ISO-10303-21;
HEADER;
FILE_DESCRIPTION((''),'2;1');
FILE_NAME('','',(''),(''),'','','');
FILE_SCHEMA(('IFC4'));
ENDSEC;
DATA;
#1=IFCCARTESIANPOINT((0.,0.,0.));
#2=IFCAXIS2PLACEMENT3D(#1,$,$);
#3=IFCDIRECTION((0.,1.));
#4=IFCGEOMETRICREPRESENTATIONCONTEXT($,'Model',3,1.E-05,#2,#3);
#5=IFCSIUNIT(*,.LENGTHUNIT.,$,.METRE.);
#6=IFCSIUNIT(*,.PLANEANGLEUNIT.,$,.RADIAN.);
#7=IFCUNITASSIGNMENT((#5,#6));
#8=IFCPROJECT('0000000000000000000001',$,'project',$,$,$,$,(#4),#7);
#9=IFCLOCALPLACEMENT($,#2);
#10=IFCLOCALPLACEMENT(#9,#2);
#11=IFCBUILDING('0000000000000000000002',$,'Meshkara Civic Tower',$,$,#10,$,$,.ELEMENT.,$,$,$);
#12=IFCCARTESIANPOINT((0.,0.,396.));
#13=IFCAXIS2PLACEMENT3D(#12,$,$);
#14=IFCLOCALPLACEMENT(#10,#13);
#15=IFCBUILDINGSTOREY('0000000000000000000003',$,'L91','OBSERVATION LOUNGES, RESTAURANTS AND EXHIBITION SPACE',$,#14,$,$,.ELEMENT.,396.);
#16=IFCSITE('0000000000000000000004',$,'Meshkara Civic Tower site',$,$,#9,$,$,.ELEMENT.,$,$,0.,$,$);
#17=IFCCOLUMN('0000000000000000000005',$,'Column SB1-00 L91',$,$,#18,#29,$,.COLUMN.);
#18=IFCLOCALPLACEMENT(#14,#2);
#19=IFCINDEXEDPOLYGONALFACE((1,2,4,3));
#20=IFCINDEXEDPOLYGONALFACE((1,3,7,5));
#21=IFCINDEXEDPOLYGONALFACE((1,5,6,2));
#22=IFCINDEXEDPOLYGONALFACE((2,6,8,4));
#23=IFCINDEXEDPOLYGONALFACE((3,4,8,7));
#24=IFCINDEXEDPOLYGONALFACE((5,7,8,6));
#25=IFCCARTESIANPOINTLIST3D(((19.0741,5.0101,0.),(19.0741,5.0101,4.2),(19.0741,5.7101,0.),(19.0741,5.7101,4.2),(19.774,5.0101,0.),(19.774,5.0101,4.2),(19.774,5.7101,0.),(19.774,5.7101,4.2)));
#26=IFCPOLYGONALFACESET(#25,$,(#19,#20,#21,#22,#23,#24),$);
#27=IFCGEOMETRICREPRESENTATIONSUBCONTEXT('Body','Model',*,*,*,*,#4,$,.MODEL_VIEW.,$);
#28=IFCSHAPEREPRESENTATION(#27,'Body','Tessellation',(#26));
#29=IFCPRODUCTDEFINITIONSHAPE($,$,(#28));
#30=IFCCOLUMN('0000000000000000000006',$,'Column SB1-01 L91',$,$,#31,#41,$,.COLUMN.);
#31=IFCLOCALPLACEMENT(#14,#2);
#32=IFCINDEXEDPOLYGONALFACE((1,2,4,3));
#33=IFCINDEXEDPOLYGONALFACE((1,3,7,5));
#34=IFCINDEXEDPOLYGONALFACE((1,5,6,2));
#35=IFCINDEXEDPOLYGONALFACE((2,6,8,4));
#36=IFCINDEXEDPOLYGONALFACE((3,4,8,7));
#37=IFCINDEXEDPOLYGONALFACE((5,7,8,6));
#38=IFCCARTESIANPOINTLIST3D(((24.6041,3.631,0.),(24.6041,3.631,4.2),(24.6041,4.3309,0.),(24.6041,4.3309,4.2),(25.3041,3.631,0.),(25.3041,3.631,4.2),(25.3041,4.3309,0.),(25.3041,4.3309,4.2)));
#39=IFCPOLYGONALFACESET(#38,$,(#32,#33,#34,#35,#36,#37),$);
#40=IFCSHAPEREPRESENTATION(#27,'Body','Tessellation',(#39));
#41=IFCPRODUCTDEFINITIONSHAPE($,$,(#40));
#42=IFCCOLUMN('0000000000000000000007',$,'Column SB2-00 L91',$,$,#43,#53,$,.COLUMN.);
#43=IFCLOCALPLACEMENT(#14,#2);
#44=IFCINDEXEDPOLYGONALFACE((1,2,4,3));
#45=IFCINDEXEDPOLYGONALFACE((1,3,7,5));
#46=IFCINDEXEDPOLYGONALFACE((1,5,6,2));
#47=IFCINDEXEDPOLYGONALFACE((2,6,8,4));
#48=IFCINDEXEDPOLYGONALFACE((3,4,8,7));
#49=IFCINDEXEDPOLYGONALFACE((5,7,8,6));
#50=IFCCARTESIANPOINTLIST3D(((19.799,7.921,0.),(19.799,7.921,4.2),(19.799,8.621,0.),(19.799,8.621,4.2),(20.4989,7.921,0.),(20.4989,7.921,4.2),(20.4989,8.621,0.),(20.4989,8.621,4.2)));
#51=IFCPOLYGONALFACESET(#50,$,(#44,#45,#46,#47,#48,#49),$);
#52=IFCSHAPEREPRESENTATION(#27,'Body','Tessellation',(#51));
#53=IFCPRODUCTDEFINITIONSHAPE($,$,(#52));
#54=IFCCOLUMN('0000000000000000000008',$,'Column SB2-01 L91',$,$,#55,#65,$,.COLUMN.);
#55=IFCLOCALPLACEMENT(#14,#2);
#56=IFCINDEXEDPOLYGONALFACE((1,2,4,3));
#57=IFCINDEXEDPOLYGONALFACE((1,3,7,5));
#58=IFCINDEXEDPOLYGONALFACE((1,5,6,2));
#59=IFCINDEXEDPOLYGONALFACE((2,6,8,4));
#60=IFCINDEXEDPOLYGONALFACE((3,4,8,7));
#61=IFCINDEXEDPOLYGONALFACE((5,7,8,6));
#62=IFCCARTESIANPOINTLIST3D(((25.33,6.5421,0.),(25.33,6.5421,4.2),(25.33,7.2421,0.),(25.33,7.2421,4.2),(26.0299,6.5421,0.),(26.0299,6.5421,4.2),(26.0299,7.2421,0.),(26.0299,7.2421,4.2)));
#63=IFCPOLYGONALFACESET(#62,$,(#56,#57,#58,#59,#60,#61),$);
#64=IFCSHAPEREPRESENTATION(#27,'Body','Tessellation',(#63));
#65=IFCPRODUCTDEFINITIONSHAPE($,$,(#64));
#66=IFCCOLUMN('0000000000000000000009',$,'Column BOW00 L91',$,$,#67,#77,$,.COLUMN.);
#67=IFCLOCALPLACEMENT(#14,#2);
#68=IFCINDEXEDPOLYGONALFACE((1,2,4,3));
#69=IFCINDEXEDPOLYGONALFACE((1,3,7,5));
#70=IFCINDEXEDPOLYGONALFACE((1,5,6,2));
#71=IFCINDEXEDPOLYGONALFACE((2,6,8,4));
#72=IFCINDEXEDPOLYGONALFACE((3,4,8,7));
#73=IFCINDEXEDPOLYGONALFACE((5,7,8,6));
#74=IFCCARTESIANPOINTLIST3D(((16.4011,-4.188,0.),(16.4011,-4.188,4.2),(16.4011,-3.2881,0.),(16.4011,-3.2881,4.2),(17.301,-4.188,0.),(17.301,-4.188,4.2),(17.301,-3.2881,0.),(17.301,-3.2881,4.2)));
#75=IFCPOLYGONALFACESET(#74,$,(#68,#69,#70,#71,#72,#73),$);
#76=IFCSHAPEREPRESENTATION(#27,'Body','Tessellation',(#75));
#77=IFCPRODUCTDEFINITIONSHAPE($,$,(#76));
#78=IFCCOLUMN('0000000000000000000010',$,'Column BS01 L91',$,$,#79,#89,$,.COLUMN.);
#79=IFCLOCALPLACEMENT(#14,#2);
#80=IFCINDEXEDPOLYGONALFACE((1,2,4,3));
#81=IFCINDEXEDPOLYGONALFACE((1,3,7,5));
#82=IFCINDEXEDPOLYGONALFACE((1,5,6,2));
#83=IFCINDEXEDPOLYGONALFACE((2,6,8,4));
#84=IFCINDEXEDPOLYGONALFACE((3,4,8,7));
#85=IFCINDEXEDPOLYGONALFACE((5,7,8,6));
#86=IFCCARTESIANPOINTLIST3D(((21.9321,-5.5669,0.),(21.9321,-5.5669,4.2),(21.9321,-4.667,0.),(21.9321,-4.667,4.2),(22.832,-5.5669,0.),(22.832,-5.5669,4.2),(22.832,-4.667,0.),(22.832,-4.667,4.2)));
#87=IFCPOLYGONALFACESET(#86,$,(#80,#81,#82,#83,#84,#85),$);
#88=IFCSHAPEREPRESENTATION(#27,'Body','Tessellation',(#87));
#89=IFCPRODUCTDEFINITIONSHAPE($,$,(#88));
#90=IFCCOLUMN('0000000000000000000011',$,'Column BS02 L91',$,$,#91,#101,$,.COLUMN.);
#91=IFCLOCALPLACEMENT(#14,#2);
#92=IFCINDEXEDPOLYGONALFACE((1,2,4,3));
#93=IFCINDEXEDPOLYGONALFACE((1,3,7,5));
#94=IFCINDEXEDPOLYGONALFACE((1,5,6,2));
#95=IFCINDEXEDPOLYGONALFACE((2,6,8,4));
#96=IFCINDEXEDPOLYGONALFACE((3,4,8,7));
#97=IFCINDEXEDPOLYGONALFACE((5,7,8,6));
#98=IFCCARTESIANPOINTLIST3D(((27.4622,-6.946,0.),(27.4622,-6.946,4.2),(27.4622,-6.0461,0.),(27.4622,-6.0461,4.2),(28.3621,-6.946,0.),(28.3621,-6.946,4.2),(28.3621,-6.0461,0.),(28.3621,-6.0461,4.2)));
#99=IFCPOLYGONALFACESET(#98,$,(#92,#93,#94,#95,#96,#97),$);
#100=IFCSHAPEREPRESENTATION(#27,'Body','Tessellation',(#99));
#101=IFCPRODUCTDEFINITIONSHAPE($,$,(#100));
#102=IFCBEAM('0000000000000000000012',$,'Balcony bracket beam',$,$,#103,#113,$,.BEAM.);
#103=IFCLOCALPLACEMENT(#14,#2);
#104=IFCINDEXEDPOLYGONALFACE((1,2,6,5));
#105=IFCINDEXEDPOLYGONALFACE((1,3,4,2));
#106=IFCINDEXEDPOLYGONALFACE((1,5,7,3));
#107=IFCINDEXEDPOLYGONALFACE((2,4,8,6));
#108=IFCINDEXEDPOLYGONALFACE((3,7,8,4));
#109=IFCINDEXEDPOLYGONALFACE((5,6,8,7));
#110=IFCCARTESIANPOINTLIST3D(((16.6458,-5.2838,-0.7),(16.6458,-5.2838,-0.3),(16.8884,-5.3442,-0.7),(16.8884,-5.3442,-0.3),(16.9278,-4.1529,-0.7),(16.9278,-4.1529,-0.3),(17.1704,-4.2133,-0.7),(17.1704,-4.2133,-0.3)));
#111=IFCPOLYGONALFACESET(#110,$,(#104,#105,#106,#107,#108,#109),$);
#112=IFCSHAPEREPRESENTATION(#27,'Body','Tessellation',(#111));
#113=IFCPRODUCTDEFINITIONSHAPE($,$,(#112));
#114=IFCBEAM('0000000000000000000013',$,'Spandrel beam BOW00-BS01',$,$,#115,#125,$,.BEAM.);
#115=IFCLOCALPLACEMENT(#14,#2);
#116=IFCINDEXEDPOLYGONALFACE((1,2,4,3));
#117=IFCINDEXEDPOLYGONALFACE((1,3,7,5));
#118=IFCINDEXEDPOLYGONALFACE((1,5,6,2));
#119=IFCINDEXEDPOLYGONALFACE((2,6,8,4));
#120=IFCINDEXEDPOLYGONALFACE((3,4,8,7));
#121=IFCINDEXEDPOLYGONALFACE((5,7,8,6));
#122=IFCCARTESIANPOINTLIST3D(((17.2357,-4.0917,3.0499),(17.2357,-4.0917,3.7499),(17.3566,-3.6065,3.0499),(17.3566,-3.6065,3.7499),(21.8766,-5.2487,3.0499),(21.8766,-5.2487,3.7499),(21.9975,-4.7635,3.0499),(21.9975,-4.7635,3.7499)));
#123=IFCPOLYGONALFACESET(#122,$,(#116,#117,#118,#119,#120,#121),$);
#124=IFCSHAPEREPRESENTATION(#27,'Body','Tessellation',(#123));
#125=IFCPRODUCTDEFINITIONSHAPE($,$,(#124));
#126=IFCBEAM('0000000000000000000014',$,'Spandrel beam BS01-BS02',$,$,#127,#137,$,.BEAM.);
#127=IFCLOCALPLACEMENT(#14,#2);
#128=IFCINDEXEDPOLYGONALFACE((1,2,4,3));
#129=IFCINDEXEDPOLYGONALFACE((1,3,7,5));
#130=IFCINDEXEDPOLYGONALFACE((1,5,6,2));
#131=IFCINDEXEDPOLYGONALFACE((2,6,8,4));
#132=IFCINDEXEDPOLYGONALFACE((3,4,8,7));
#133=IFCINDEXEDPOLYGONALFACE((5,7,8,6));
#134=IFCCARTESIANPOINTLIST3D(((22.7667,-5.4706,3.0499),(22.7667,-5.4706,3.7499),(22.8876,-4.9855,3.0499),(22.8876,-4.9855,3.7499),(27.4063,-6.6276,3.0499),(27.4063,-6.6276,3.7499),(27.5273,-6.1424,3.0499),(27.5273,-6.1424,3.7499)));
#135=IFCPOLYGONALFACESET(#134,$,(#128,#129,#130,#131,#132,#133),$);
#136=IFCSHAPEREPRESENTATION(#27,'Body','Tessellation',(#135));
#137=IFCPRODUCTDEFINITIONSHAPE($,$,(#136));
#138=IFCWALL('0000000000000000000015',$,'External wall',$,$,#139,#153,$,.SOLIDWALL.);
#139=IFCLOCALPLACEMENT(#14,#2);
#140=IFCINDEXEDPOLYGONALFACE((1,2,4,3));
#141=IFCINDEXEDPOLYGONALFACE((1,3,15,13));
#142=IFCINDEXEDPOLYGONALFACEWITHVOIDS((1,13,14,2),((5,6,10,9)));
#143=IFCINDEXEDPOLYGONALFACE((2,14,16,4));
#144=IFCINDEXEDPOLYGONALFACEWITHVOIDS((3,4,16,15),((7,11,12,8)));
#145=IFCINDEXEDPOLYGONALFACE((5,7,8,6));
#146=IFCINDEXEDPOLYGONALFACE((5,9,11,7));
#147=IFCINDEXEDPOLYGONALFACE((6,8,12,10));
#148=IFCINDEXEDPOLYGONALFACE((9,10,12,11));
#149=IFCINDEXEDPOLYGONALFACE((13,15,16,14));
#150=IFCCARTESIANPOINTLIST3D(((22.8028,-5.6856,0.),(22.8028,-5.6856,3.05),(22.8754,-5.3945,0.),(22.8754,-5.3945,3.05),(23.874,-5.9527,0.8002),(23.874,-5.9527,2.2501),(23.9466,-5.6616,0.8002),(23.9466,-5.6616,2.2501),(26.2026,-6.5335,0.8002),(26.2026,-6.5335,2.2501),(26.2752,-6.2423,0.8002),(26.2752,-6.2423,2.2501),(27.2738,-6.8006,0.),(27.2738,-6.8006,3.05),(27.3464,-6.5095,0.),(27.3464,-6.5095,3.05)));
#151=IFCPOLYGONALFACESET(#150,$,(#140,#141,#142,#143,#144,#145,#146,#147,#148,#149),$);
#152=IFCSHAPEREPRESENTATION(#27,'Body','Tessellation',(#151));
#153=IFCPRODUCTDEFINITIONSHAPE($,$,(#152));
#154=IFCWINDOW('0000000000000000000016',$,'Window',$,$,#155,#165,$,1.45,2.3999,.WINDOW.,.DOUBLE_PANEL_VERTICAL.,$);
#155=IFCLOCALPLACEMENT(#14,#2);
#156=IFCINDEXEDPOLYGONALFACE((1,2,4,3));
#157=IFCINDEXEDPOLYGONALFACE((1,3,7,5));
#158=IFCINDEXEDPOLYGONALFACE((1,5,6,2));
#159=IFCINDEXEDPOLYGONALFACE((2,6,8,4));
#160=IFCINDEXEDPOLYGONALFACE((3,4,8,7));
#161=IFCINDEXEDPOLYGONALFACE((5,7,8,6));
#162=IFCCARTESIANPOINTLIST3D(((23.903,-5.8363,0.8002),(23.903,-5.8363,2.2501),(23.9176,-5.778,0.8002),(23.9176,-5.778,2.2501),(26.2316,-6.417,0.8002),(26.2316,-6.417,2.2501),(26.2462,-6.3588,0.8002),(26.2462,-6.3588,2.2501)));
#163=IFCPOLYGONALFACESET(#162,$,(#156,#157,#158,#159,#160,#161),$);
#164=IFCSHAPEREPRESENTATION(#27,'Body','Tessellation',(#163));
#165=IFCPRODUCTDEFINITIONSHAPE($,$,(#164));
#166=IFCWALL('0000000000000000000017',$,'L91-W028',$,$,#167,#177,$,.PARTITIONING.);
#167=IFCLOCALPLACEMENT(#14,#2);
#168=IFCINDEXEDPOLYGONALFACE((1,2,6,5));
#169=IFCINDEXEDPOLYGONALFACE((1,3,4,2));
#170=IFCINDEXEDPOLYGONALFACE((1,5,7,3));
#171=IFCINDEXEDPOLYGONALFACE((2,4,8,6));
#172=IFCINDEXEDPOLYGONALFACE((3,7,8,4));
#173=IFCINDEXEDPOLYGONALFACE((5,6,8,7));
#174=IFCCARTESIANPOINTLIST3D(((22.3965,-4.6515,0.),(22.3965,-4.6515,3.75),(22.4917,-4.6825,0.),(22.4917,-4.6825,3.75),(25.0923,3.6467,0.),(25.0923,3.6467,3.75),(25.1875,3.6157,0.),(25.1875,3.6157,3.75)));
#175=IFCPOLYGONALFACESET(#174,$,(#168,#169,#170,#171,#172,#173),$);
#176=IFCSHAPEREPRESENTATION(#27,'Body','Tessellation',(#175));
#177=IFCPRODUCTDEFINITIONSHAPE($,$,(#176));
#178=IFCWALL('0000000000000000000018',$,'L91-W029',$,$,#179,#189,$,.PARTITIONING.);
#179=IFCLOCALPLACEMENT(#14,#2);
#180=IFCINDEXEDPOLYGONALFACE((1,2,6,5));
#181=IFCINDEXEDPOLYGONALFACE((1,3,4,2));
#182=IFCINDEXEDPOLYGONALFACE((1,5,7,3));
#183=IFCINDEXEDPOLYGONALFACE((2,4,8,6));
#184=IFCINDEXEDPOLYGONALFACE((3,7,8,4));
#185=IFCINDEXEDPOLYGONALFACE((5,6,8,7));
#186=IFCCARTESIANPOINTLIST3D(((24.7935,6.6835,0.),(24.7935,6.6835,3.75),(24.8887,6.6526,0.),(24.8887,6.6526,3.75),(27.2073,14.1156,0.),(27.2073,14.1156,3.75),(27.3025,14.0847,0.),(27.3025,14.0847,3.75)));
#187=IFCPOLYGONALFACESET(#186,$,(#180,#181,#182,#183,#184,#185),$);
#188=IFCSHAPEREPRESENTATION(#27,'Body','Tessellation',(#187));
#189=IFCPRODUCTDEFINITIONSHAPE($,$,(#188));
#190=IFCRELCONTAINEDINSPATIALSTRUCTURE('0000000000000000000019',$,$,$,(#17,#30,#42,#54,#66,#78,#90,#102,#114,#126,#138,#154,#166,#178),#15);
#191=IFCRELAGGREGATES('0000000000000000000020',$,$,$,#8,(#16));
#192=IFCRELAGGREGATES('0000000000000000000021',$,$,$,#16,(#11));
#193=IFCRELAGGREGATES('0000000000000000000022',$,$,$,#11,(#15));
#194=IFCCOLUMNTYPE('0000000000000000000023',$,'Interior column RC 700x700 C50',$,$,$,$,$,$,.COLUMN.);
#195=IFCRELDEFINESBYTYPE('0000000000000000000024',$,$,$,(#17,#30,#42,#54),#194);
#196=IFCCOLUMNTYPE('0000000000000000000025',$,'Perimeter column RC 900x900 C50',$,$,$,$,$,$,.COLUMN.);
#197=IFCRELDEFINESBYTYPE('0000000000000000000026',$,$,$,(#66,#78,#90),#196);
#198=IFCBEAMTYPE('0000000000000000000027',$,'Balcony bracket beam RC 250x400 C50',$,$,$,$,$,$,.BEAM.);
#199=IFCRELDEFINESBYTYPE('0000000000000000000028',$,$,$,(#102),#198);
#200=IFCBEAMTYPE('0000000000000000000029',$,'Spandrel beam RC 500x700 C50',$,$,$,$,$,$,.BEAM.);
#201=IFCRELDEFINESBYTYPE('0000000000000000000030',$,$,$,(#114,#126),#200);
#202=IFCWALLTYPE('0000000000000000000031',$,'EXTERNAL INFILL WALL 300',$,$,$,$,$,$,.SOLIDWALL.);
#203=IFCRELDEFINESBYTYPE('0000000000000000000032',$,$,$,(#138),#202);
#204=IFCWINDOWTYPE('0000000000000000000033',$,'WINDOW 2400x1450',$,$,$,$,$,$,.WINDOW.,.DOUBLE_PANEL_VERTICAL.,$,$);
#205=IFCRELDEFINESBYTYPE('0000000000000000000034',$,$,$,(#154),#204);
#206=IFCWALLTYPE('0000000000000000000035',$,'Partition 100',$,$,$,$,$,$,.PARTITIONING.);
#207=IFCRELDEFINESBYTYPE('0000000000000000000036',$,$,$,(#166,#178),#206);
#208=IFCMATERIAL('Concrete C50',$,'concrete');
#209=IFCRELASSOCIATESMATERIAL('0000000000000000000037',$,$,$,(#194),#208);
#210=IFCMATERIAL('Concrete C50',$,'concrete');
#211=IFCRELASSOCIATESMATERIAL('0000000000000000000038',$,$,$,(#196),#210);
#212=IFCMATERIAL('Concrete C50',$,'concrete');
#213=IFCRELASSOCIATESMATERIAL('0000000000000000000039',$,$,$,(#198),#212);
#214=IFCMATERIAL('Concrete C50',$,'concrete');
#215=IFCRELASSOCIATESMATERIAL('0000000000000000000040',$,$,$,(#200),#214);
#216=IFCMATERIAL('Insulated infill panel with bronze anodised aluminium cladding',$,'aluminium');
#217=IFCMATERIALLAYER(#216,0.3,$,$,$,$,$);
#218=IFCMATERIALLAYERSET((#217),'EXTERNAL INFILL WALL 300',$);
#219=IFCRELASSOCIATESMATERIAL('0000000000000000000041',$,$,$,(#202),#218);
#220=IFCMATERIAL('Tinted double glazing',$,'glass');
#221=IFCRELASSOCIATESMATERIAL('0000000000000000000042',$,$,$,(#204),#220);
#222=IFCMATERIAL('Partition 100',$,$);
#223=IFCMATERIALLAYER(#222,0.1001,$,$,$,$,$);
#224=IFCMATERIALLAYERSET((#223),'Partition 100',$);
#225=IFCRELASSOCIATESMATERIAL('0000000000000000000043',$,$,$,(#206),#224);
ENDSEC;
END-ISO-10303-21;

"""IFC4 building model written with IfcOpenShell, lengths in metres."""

from ifc_helpers import new_model, si_unit, direction, frame, frame_2d, origin, origin_2d, place, context, subcontext, project, spatial, rectangle, extrude, material, layer, layer_set, material_profile, profile_set, type_object, element, fill, save


model = new_model("IFC4")

# Units and contexts
model_context = context("Model", 3, precision=1e-05, world=origin(), true_north=direction((0.0, 1.0)))
body_context = subcontext(model_context, "Body", "Model", "MODEL_VIEW")
ifc_project = project(units=[si_unit("LENGTHUNIT", "METRE"), si_unit("PLANEANGLEUNIT", "RADIAN")], contexts=[model_context])

# Site, building, storey
site_placement = place(None, origin())
site = spatial("IfcSite", under=ifc_project, at=site_placement, Name="Meshkara Civic Tower site", CompositionType="ELEMENT", RefElevation=0.0)
building_placement = place(site_placement, origin())
building = spatial("IfcBuilding", under=site, at=building_placement, Name="Meshkara Civic Tower", CompositionType="ELEMENT")
storey_placement = place(building_placement, frame((0.0, 0.0, 396.0)))
storey = spatial("IfcBuildingStorey", under=building, at=storey_placement, Name="L91", Description="OBSERVATION LOUNGES, RESTAURANTS AND EXHIBITION SPACE", CompositionType="ELEMENT", Elevation=396.0)

# Columns
ifc_material_1 = material(Name="Concrete C50", Category="concrete")
ifc_material_profile_1 = material_profile(ifc_material_1, rectangle(XDim=0.7, YDim=0.7, at=origin_2d()))
ifc_profile_set_1 = profile_set([ifc_material_profile_1], Name="Concrete C50")
column_type_1 = type_object("IfcColumnType", Name="Interior column RC 700x700 C50", PredefinedType="COLUMN", material=ifc_profile_set_1)
for number, where, z_axis, x_axis, name in (
    (1, (19.4241, 5.3601, 0.0), (0.0, 0.0, 1.0), (1.0, 0.0, 0.0), "Column SB1-00 L91"),
    (2, (24.9541, 3.981, 0.0), (0.0, 0.0, 1.0), (1.0, 0.0, 0.0), "Column SB1-01 L91"),
    (3, (20.1489, 8.271, 0.0), (0.0, 0.0, 1.0), (1.0, 0.0, 0.0), "Column SB2-00 L91"),
    (4, (25.6799, 6.8921, 0.0), (0.0, 0.0, 1.0), (1.0, 0.0, 0.0), "Column SB2-01 L91"),
):
    element("IfcColumn", number, at=place(storey_placement, frame(where, z_axis=z_axis, x_axis=x_axis)), inside=storey, type_object=column_type_1, Name=name, PredefinedType="COLUMN", context=body_context, shape_type="SweptSolid", body=[
        extrude(rectangle(XDim=0.7, YDim=0.7, at=origin_2d()), origin(), (0.0, 0.0, 1.0), 4.2),
    ])
ifc_material_2 = material(Name="Concrete C50", Category="concrete")
ifc_material_profile_2 = material_profile(ifc_material_2, rectangle(XDim=0.8999, YDim=0.8999, at=origin_2d()))
ifc_profile_set_2 = profile_set([ifc_material_profile_2], Name="Concrete C50")
column_type_2 = type_object("IfcColumnType", Name="Perimeter column RC 900x900 C50", PredefinedType="COLUMN", material=ifc_profile_set_2)
for number, where, z_axis, x_axis, name in (
    (5, (16.8511, -3.738, 0.0), (0.0, 0.0, 1.0), (1.0, 0.0, 0.0), "Column BOW00 L91"),
    (6, (22.3821, -5.1169, 0.0), (0.0, 0.0, 1.0), (1.0, 0.0, 0.0), "Column BS01 L91"),
    (7, (27.9121, -6.4961, 0.0), (0.0, 0.0, 1.0), (1.0, 0.0, 0.0), "Column BS02 L91"),
):
    element("IfcColumn", number, at=place(storey_placement, frame(where, z_axis=z_axis, x_axis=x_axis)), inside=storey, type_object=column_type_2, Name=name, PredefinedType="COLUMN", context=body_context, shape_type="SweptSolid", body=[
        extrude(rectangle(XDim=0.8999, YDim=0.8999, at=origin_2d()), origin(), (0.0, 0.0, 1.0), 4.2),
    ])

# Beams
ifc_material_3 = material(Name="Concrete C50", Category="concrete")
ifc_material_profile_3 = material_profile(ifc_material_3, rectangle(XDim=0.25, YDim=0.3999, at=origin_2d()))
ifc_profile_set_3 = profile_set([ifc_material_profile_3], Name="Concrete C50")
beam_type_1 = type_object("IfcBeamType", Name="Balcony bracket beam RC 250x400 C50", PredefinedType="BEAM", material=ifc_profile_set_3)
beam_1_placement = place(storey_placement, frame((17.0491, -4.1831, -0.5), z_axis=(-0.241944, -0.97029, 0.0), x_axis=(0.97029, -0.241944, 0.0)))
element("IfcBeam", 8, at=beam_1_placement, inside=storey, type_object=beam_type_1, Name="Balcony bracket beam", PredefinedType="BEAM", context=body_context, shape_type="SweptSolid", body=[
    extrude(rectangle(XDim=0.25, YDim=0.3999, at=origin_2d()), origin(), (0.0, 0.0, 1.0), 1.1655),
])
ifc_material_4 = material(Name="Concrete C50", Category="concrete")
ifc_material_profile_4 = material_profile(ifc_material_4, rectangle(XDim=0.5, YDim=0.7, at=origin_2d()))
ifc_profile_set_4 = profile_set([ifc_material_profile_4], Name="Concrete C50")
beam_type_2 = type_object("IfcBeamType", Name="Spandrel beam RC 500x700 C50", PredefinedType="BEAM", material=ifc_profile_set_4)
beam_2_placement = place(storey_placement, frame((17.2961, -3.8491, 3.3999), z_axis=(0.970301, -0.241899, 0.0), x_axis=(0.241899, 0.970301, 0.0)))
element("IfcBeam", 9, at=beam_2_placement, inside=storey, type_object=beam_type_2, Name="Spandrel beam BOW00-BS01", PredefinedType="BEAM", context=body_context, shape_type="SweptSolid", body=[
    extrude(rectangle(XDim=0.5, YDim=0.7, at=origin_2d()), origin(), (0.0, 0.0, 1.0), 4.783),
])
beam_3_placement = place(storey_placement, frame((22.8271, -5.228, 3.3999), z_axis=(0.970286, -0.241959, 0.0), x_axis=(0.241959, 0.970286, 0.0)))
element("IfcBeam", 10, at=beam_3_placement, inside=storey, type_object=beam_type_2, Name="Spandrel beam BS01-BS02", PredefinedType="BEAM", context=body_context, shape_type="SweptSolid", body=[
    extrude(rectangle(XDim=0.5, YDim=0.7, at=origin_2d()), origin(), (0.0, 0.0, 1.0), 4.7817),
])

# Wall, opening, window
ifc_material_5 = material(Name="Insulated infill panel with bronze anodised aluminium cladding", Category="aluminium")
ifc_layer_1 = layer(ifc_material_5, 0.3)
ifc_layer_set_1 = layer_set([ifc_layer_1], Name="EXTERNAL INFILL WALL 300")
wall_type_1 = type_object("IfcWallType", Name="EXTERNAL INFILL WALL 300", PredefinedType="SOLIDWALL", material=ifc_layer_set_1)
wall_1_placement = place(storey_placement, frame((22.8391, -5.54, 0.0), z_axis=(0.0, 0.0, 1.0), x_axis=(0.970283, -0.241975, 0.0)))
wall_1 = element("IfcWall", 11, at=wall_1_placement, inside=storey, type_object=wall_type_1, Name="External wall", PredefinedType="SOLIDWALL", context=body_context, shape_type="SweptSolid", body=[
    extrude(rectangle(XDim=4.6079, YDim=0.3, at=frame_2d((2.304, 0.0))), origin(), (0.0, 0.0, 1.0), 3.05),
])
opening_1_placement = place(wall_1_placement, frame((1.104, 0.0, 0.8)))
opening_1 = element("IfcOpeningElement", 12, at=opening_1_placement, cuts=wall_1, PredefinedType="OPENING", context=body_context, shape_type="SweptSolid", body=[
    extrude(rectangle(XDim=2.3999, YDim=1.45, at=frame_2d((1.2, 0.7251))), frame((0.0, 0.1599, 0.0), z_axis=(0.0, -1.0, 0.0), x_axis=(1.0, 0.0, 0.0)), (0.0, 0.0, 1.0), 0.3201),
])
ifc_material_6 = material(Name="Tinted double glazing", Category="glass")
window_type = type_object("IfcWindowType", Name="WINDOW 2400x1450", PartitioningType="DOUBLE_PANEL_VERTICAL", PredefinedType="WINDOW", material=ifc_material_6)
window_placement = place(opening_1_placement, origin())
window = element("IfcWindow", 13, at=window_placement, inside=storey, type_object=window_type, Name="Window", OverallHeight=1.45, OverallWidth=2.3999, PartitioningType="DOUBLE_PANEL_VERTICAL", PredefinedType="WINDOW", context=body_context, shape_type="SweptSolid", body=[
    extrude(rectangle(XDim=2.3999, YDim=1.45, at=frame_2d((1.2, 0.7251))), frame((0.0, 0.03, 0.0), z_axis=(0.0, -1.0, 0.0), x_axis=(1.0, 0.0, 0.0)), (0.0, 0.0, 1.0), 0.0601),
])
fill(opening_1, window)

# Walls
ifc_material_7 = material(Name="Partition 100")
ifc_layer_2 = layer(ifc_material_7, 0.1001)
ifc_layer_set_2 = layer_set([ifc_layer_2], Name="Partition 100")
wall_type_2 = type_object("IfcWallType", Name="Partition 100", PredefinedType="PARTITIONING", material=ifc_layer_set_2)
wall_2_placement = place(storey_placement, frame((22.4441, -4.667, 0.0), z_axis=(0.0, 0.0, 1.0), x_axis=(0.308974, 0.95107, 0.0)))
element("IfcWall", 14, at=wall_2_placement, inside=storey, type_object=wall_type_2, Name="L91-W028", PredefinedType="PARTITIONING", context=body_context, shape_type="SweptSolid", body=[
    extrude(rectangle(XDim=8.7251, YDim=0.1001, at=frame_2d((4.3625, 0.0))), origin(), (0.0, 0.0, 1.0), 3.75),
])
wall_3_placement = place(storey_placement, frame((24.8411, 6.668, 0.0), z_axis=(0.0, 0.0, 1.0), x_axis=(0.308898, 0.951095, 0.0)))
element("IfcWall", 15, at=wall_3_placement, inside=storey, type_object=wall_type_2, Name="L91-W029", PredefinedType="PARTITIONING", context=body_context, shape_type="SweptSolid", body=[
    extrude(rectangle(XDim=7.8142, YDim=0.1001, at=frame_2d((3.9072, 0.0))), origin(), (0.0, 0.0, 1.0), 3.75),
])

save(model, "model.ifc")
